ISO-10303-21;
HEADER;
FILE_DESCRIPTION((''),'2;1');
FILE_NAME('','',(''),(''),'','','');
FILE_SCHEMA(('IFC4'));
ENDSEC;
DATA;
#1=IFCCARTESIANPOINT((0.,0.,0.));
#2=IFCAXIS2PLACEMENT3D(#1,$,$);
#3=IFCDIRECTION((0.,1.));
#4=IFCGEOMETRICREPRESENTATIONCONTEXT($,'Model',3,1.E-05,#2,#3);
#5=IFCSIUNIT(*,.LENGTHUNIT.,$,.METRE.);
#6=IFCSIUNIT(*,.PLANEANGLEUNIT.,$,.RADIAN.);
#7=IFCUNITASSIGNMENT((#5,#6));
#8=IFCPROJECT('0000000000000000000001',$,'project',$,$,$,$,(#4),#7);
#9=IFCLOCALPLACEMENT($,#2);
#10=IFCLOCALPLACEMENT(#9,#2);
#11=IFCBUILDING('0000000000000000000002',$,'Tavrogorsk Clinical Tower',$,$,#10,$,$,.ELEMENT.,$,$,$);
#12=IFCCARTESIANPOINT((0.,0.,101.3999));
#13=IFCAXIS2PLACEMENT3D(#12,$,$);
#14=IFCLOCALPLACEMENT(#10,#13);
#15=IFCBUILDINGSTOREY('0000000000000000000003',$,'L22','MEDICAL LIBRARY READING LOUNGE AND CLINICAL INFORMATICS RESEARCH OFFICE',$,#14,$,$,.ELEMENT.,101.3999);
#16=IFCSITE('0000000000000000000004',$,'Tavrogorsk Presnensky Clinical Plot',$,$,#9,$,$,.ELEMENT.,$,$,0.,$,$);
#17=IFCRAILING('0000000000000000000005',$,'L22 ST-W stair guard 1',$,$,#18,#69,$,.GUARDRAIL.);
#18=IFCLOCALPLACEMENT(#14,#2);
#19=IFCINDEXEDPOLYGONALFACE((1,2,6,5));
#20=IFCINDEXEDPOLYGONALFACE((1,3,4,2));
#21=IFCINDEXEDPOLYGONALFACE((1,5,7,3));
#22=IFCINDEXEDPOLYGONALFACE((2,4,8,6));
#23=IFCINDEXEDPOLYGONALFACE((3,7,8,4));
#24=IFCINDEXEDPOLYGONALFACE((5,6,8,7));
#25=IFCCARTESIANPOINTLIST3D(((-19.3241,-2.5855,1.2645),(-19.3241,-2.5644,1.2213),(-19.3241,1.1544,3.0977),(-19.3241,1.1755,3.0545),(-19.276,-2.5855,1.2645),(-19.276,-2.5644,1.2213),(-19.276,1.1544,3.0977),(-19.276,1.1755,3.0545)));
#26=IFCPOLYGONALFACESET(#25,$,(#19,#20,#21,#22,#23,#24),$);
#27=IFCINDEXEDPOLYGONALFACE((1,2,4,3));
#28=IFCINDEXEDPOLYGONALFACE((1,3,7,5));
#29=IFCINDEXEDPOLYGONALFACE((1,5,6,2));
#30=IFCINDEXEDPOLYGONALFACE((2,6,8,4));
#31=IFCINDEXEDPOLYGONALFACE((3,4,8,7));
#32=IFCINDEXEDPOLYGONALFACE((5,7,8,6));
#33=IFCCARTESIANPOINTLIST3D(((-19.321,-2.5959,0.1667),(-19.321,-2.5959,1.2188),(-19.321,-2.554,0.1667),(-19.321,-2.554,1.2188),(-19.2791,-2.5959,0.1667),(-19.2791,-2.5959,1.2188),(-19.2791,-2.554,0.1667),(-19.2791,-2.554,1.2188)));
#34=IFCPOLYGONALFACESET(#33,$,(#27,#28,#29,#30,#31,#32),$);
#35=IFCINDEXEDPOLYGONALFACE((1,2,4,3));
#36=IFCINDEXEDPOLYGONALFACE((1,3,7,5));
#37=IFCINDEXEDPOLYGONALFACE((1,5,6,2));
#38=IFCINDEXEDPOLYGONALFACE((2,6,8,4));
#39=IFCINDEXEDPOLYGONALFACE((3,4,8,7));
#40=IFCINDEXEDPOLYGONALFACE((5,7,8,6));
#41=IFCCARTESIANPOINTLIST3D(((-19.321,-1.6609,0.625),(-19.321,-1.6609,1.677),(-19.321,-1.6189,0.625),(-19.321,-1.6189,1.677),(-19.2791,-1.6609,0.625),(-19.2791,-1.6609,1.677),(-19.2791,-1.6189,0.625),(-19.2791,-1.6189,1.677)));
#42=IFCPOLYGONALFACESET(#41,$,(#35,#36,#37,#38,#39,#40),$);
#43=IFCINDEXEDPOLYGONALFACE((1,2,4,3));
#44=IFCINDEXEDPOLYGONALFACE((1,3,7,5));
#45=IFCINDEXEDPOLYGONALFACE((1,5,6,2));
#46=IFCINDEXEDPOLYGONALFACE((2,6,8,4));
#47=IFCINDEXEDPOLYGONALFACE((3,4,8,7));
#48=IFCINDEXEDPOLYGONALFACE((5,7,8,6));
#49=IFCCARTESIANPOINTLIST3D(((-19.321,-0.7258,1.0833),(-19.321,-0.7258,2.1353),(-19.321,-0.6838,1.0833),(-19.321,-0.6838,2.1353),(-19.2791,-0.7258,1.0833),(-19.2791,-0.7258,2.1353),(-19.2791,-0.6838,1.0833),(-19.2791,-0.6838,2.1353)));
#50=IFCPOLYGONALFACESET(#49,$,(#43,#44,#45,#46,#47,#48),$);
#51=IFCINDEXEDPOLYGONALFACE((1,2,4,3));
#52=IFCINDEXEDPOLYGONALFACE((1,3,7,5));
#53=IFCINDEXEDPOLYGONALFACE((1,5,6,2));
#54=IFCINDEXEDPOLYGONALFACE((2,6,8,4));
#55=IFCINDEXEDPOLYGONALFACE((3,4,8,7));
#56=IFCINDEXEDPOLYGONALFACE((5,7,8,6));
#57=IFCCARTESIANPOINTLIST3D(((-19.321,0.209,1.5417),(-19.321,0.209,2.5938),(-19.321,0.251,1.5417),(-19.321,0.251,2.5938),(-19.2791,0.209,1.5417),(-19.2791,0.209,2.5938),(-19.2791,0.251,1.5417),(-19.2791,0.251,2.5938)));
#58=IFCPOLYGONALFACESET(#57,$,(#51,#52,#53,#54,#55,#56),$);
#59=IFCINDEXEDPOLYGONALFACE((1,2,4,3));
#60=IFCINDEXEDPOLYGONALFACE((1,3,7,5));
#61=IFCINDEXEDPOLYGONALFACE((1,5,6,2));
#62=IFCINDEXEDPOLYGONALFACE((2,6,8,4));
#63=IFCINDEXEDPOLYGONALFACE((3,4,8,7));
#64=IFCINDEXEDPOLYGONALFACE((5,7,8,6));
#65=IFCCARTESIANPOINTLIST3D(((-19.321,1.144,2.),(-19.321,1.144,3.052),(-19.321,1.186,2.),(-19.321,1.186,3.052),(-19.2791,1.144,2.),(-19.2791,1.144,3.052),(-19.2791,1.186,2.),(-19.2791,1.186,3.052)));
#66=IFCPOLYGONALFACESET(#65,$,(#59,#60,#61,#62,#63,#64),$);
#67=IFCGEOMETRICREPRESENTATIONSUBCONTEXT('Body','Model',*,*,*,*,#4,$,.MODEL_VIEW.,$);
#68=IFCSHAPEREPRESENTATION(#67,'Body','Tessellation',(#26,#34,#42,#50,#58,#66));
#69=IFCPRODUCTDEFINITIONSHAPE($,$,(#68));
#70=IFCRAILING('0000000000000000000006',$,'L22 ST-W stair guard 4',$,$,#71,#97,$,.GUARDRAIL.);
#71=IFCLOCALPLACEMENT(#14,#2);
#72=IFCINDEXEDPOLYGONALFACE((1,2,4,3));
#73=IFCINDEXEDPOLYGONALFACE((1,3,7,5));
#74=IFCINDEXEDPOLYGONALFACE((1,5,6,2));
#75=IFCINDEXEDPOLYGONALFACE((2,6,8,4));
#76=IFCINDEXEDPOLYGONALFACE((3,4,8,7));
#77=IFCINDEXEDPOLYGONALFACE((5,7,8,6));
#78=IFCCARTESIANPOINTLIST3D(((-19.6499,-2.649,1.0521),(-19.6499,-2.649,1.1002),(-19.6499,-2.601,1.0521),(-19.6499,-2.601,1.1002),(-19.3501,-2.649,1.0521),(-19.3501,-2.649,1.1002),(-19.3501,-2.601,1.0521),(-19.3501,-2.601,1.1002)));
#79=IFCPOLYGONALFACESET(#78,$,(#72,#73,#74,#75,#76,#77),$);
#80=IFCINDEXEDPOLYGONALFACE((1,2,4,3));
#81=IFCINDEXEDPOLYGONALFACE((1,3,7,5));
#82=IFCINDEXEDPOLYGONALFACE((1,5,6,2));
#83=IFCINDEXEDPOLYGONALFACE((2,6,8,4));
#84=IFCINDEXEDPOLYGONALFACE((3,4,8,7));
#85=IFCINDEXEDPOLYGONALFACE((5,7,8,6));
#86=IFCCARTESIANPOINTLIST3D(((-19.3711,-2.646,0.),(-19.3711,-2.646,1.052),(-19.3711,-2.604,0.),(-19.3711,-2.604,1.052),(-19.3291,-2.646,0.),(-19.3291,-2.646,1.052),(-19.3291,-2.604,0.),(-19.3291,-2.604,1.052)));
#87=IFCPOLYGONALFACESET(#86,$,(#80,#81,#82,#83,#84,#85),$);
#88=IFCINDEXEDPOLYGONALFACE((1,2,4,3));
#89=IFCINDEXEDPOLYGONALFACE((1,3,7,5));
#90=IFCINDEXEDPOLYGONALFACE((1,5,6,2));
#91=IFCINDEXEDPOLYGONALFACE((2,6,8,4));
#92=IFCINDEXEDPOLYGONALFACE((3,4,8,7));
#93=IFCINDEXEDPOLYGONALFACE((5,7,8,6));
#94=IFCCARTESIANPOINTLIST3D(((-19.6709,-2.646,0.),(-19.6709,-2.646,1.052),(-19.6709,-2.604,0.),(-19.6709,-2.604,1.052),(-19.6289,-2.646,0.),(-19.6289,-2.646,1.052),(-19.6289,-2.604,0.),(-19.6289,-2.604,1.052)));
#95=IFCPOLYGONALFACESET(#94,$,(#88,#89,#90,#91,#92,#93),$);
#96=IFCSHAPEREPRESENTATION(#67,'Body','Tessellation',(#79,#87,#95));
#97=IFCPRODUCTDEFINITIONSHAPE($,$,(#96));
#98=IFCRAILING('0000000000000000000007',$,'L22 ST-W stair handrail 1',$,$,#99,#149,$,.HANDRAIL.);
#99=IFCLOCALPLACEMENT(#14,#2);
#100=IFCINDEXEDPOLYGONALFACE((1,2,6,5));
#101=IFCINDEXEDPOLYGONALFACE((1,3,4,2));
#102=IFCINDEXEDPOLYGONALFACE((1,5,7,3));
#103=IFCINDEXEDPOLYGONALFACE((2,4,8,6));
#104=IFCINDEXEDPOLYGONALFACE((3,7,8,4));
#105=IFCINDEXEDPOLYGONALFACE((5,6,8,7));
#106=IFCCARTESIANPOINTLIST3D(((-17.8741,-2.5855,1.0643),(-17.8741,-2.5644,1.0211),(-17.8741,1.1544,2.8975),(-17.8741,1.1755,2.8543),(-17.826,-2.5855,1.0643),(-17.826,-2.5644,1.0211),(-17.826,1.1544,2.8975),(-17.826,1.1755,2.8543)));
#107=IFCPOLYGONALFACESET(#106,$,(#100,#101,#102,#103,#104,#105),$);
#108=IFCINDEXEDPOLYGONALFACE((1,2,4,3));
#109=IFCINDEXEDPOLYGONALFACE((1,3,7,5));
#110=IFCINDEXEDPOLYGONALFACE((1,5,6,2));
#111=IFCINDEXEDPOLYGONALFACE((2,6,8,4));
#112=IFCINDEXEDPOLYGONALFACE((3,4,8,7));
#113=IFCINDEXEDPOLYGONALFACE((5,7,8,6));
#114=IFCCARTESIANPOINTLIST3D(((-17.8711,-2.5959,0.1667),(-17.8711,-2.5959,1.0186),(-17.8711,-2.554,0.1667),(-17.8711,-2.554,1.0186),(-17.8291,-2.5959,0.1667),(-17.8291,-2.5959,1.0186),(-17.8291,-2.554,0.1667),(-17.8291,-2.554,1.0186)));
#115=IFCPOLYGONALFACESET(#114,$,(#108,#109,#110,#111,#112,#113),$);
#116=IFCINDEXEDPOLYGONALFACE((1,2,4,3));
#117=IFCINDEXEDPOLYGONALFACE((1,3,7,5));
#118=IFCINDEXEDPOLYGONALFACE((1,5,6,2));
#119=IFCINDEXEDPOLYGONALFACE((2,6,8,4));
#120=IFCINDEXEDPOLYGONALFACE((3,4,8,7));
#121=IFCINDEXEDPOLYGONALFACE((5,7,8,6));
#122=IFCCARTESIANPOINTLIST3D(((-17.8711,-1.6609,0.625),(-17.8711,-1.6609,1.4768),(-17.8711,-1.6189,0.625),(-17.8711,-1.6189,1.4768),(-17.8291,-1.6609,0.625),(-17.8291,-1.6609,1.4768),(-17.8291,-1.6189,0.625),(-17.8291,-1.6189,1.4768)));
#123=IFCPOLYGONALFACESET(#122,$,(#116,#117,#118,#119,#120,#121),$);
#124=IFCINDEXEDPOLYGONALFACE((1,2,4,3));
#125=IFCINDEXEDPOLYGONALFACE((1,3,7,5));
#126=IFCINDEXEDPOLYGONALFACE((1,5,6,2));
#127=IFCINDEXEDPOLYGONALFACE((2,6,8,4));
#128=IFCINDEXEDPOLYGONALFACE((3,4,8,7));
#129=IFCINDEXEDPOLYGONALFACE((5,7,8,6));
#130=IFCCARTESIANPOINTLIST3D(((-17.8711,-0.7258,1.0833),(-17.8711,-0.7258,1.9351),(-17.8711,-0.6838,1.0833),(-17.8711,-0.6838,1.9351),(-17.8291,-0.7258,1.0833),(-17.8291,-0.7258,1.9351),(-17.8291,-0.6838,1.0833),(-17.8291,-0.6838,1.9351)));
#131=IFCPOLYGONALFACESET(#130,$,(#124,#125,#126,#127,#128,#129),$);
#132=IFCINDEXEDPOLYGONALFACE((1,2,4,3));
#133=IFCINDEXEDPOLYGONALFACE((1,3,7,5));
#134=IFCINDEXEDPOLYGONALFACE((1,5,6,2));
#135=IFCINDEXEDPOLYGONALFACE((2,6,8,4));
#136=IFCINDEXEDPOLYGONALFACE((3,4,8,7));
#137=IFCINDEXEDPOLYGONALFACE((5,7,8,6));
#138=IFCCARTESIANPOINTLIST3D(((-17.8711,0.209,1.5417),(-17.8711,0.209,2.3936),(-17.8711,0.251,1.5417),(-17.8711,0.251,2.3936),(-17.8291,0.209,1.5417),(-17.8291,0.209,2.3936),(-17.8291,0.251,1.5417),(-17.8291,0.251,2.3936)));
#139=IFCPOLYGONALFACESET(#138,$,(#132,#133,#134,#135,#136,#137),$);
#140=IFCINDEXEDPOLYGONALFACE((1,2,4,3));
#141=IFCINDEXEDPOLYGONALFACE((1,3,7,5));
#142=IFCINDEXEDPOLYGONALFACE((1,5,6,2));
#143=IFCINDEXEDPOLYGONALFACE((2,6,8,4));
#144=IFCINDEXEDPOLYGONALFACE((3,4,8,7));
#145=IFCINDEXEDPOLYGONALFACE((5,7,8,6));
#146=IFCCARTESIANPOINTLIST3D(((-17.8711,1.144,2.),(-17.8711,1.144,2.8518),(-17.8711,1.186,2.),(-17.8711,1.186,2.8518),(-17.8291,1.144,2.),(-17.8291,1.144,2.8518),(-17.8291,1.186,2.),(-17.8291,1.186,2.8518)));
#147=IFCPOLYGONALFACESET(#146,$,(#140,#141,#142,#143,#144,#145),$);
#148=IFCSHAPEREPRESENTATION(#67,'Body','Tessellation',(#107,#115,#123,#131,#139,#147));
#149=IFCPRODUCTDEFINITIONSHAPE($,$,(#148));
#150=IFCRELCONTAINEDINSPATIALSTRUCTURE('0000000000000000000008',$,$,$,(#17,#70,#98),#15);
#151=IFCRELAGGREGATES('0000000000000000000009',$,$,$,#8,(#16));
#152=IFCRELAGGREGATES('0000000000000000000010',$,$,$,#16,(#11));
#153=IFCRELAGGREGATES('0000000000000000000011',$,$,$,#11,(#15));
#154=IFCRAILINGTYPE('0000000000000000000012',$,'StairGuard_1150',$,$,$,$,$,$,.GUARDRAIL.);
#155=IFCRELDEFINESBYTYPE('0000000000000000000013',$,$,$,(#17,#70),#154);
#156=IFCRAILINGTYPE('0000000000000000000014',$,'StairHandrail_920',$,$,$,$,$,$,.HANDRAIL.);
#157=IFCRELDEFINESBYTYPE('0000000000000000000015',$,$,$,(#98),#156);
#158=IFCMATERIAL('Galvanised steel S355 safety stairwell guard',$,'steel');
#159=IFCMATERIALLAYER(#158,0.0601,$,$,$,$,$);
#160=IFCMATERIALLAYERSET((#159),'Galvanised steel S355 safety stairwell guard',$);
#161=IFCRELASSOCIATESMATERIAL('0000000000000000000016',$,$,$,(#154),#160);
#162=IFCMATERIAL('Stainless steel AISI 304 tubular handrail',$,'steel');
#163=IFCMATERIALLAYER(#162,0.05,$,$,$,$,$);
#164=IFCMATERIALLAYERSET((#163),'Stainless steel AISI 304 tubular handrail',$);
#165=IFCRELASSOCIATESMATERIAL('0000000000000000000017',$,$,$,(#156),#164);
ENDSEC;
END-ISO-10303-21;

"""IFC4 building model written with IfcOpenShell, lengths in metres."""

from ifc_helpers import new_model, si_unit, direction, frame, origin, origin_2d, place, context, subcontext, project, spatial, rectangle, extrude, material, layer, layer_set, type_object, element, save


model = new_model("IFC4")

# Units and contexts
model_context = context("Model", 3, precision=1e-05, world=origin(), true_north=direction((0.0, 1.0)))
body_context = subcontext(model_context, "Body", "Model", "MODEL_VIEW")
ifc_project = project(units=[si_unit("LENGTHUNIT", "METRE"), si_unit("PLANEANGLEUNIT", "RADIAN")], contexts=[model_context])

# Site, building, storey
site_placement = place(None, origin())
site = spatial("IfcSite", under=ifc_project, at=site_placement, Name="Tavrogorsk Presnensky Clinical Plot", CompositionType="ELEMENT", RefElevation=0.0)
building_placement = place(site_placement, origin())
building = spatial("IfcBuilding", under=site, at=building_placement, Name="Tavrogorsk Clinical Tower", CompositionType="ELEMENT")
storey_placement = place(building_placement, frame((0.0, 0.0, 101.3999)))
storey = spatial("IfcBuildingStorey", under=building, at=storey_placement, Name="L22", Description="MEDICAL LIBRARY READING LOUNGE AND CLINICAL INFORMATICS RESEARCH OFFICE", CompositionType="ELEMENT", Elevation=101.3999)

# Railings
ifc_material_1 = material(Name="Galvanised steel S355 safety stairwell guard", Category="steel")
ifc_layer_1 = layer(ifc_material_1, 0.0601)
ifc_layer_set_1 = layer_set([ifc_layer_1], Name="Galvanised steel S355 safety stairwell guard")
railing_type_1 = type_object("IfcRailingType", Name="StairGuard_1150", PredefinedType="GUARDRAIL", material=ifc_layer_set_1)
railing_1_placement = place(storey_placement, frame((-19.3, -2.575, 0.1667)))
element("IfcRailing", 1, at=railing_1_placement, inside=storey, type_object=railing_type_1, Name="L22 ST-W stair guard 1", PredefinedType="GUARDRAIL", context=body_context, shape_type="SweptSolid", body=[
    extrude(rectangle(XDim=0.0481, YDim=0.0481, at=origin_2d()), frame((0.0, 0.0, 1.0762), z_axis=(0.0, 0.897928, 0.440142), x_axis=(-1.0, 0.0, 0.0)), (0.0, 0.0, 1.0), 4.165),
    extrude(rectangle(XDim=0.042, YDim=0.042, at=origin_2d()), origin(), (0.0, 0.0, 1.0), 1.052),
    extrude(rectangle(XDim=0.042, YDim=0.042, at=origin_2d()), frame((0.0, 0.9351, 0.4583)), (0.0, 0.0, 1.0), 1.052),
    extrude(rectangle(XDim=0.042, YDim=0.042, at=origin_2d()), frame((0.0, 1.8701, 0.9165)), (0.0, 0.0, 1.0), 1.052),
    extrude(rectangle(XDim=0.042, YDim=0.042, at=origin_2d()), frame((0.0, 2.8049, 1.375)), (0.0, 0.0, 1.0), 1.052),
    extrude(rectangle(XDim=0.042, YDim=0.042, at=origin_2d()), frame((0.0, 3.74, 1.8333)), (0.0, 0.0, 1.0), 1.052),
])
railing_2_placement = place(storey_placement, frame((-19.3501, -2.625, 0.0)))
element("IfcRailing", 2, at=railing_2_placement, inside=storey, type_object=railing_type_1, Name="L22 ST-W stair guard 4", PredefinedType="GUARDRAIL", context=body_context, shape_type="SweptSolid", body=[
    extrude(rectangle(XDim=0.0481, YDim=0.0481, at=origin_2d()), frame((0.0, 0.0, 1.0762), z_axis=(-1.0, 0.0, 0.0), x_axis=(0.0, -1.0, 0.0)), (0.0, 0.0, 1.0), 0.2998),
    extrude(rectangle(XDim=0.042, YDim=0.042, at=origin_2d()), origin(), (0.0, 0.0, 1.0), 1.052),
    extrude(rectangle(XDim=0.042, YDim=0.042, at=origin_2d()), frame((-0.2998, 0.0, 0.0)), (0.0, 0.0, 1.0), 1.052),
])
ifc_material_2 = material(Name="Stainless steel AISI 304 tubular handrail", Category="steel")
ifc_layer_2 = layer(ifc_material_2, 0.05)
ifc_layer_set_2 = layer_set([ifc_layer_2], Name="Stainless steel AISI 304 tubular handrail")
railing_type_2 = type_object("IfcRailingType", Name="StairHandrail_920", PredefinedType="HANDRAIL", material=ifc_layer_set_2)
railing_3_placement = place(storey_placement, frame((-17.8501, -2.575, 0.1667)))
element("IfcRailing", 3, at=railing_3_placement, inside=storey, type_object=railing_type_2, Name="L22 ST-W stair handrail 1", PredefinedType="HANDRAIL", context=body_context, shape_type="SweptSolid", body=[
    extrude(rectangle(XDim=0.0481, YDim=0.0481, at=origin_2d()), frame((0.0, 0.0, 0.876), z_axis=(0.0, 0.897928, 0.440142), x_axis=(-1.0, 0.0, 0.0)), (0.0, 0.0, 1.0), 4.165),
    extrude(rectangle(XDim=0.042, YDim=0.042, at=origin_2d()), origin(), (0.0, 0.0, 1.0), 0.8518),
    extrude(rectangle(XDim=0.042, YDim=0.042, at=origin_2d()), frame((0.0, 0.9351, 0.4583)), (0.0, 0.0, 1.0), 0.8518),
    extrude(rectangle(XDim=0.042, YDim=0.042, at=origin_2d()), frame((0.0, 1.8701, 0.9165)), (0.0, 0.0, 1.0), 0.8518),
    extrude(rectangle(XDim=0.042, YDim=0.042, at=origin_2d()), frame((0.0, 2.8049, 1.375)), (0.0, 0.0, 1.0), 0.8518),
    extrude(rectangle(XDim=0.042, YDim=0.042, at=origin_2d()), frame((0.0, 3.74, 1.8333)), (0.0, 0.0, 1.0), 0.8518),
])

save(model, "model.ifc")
